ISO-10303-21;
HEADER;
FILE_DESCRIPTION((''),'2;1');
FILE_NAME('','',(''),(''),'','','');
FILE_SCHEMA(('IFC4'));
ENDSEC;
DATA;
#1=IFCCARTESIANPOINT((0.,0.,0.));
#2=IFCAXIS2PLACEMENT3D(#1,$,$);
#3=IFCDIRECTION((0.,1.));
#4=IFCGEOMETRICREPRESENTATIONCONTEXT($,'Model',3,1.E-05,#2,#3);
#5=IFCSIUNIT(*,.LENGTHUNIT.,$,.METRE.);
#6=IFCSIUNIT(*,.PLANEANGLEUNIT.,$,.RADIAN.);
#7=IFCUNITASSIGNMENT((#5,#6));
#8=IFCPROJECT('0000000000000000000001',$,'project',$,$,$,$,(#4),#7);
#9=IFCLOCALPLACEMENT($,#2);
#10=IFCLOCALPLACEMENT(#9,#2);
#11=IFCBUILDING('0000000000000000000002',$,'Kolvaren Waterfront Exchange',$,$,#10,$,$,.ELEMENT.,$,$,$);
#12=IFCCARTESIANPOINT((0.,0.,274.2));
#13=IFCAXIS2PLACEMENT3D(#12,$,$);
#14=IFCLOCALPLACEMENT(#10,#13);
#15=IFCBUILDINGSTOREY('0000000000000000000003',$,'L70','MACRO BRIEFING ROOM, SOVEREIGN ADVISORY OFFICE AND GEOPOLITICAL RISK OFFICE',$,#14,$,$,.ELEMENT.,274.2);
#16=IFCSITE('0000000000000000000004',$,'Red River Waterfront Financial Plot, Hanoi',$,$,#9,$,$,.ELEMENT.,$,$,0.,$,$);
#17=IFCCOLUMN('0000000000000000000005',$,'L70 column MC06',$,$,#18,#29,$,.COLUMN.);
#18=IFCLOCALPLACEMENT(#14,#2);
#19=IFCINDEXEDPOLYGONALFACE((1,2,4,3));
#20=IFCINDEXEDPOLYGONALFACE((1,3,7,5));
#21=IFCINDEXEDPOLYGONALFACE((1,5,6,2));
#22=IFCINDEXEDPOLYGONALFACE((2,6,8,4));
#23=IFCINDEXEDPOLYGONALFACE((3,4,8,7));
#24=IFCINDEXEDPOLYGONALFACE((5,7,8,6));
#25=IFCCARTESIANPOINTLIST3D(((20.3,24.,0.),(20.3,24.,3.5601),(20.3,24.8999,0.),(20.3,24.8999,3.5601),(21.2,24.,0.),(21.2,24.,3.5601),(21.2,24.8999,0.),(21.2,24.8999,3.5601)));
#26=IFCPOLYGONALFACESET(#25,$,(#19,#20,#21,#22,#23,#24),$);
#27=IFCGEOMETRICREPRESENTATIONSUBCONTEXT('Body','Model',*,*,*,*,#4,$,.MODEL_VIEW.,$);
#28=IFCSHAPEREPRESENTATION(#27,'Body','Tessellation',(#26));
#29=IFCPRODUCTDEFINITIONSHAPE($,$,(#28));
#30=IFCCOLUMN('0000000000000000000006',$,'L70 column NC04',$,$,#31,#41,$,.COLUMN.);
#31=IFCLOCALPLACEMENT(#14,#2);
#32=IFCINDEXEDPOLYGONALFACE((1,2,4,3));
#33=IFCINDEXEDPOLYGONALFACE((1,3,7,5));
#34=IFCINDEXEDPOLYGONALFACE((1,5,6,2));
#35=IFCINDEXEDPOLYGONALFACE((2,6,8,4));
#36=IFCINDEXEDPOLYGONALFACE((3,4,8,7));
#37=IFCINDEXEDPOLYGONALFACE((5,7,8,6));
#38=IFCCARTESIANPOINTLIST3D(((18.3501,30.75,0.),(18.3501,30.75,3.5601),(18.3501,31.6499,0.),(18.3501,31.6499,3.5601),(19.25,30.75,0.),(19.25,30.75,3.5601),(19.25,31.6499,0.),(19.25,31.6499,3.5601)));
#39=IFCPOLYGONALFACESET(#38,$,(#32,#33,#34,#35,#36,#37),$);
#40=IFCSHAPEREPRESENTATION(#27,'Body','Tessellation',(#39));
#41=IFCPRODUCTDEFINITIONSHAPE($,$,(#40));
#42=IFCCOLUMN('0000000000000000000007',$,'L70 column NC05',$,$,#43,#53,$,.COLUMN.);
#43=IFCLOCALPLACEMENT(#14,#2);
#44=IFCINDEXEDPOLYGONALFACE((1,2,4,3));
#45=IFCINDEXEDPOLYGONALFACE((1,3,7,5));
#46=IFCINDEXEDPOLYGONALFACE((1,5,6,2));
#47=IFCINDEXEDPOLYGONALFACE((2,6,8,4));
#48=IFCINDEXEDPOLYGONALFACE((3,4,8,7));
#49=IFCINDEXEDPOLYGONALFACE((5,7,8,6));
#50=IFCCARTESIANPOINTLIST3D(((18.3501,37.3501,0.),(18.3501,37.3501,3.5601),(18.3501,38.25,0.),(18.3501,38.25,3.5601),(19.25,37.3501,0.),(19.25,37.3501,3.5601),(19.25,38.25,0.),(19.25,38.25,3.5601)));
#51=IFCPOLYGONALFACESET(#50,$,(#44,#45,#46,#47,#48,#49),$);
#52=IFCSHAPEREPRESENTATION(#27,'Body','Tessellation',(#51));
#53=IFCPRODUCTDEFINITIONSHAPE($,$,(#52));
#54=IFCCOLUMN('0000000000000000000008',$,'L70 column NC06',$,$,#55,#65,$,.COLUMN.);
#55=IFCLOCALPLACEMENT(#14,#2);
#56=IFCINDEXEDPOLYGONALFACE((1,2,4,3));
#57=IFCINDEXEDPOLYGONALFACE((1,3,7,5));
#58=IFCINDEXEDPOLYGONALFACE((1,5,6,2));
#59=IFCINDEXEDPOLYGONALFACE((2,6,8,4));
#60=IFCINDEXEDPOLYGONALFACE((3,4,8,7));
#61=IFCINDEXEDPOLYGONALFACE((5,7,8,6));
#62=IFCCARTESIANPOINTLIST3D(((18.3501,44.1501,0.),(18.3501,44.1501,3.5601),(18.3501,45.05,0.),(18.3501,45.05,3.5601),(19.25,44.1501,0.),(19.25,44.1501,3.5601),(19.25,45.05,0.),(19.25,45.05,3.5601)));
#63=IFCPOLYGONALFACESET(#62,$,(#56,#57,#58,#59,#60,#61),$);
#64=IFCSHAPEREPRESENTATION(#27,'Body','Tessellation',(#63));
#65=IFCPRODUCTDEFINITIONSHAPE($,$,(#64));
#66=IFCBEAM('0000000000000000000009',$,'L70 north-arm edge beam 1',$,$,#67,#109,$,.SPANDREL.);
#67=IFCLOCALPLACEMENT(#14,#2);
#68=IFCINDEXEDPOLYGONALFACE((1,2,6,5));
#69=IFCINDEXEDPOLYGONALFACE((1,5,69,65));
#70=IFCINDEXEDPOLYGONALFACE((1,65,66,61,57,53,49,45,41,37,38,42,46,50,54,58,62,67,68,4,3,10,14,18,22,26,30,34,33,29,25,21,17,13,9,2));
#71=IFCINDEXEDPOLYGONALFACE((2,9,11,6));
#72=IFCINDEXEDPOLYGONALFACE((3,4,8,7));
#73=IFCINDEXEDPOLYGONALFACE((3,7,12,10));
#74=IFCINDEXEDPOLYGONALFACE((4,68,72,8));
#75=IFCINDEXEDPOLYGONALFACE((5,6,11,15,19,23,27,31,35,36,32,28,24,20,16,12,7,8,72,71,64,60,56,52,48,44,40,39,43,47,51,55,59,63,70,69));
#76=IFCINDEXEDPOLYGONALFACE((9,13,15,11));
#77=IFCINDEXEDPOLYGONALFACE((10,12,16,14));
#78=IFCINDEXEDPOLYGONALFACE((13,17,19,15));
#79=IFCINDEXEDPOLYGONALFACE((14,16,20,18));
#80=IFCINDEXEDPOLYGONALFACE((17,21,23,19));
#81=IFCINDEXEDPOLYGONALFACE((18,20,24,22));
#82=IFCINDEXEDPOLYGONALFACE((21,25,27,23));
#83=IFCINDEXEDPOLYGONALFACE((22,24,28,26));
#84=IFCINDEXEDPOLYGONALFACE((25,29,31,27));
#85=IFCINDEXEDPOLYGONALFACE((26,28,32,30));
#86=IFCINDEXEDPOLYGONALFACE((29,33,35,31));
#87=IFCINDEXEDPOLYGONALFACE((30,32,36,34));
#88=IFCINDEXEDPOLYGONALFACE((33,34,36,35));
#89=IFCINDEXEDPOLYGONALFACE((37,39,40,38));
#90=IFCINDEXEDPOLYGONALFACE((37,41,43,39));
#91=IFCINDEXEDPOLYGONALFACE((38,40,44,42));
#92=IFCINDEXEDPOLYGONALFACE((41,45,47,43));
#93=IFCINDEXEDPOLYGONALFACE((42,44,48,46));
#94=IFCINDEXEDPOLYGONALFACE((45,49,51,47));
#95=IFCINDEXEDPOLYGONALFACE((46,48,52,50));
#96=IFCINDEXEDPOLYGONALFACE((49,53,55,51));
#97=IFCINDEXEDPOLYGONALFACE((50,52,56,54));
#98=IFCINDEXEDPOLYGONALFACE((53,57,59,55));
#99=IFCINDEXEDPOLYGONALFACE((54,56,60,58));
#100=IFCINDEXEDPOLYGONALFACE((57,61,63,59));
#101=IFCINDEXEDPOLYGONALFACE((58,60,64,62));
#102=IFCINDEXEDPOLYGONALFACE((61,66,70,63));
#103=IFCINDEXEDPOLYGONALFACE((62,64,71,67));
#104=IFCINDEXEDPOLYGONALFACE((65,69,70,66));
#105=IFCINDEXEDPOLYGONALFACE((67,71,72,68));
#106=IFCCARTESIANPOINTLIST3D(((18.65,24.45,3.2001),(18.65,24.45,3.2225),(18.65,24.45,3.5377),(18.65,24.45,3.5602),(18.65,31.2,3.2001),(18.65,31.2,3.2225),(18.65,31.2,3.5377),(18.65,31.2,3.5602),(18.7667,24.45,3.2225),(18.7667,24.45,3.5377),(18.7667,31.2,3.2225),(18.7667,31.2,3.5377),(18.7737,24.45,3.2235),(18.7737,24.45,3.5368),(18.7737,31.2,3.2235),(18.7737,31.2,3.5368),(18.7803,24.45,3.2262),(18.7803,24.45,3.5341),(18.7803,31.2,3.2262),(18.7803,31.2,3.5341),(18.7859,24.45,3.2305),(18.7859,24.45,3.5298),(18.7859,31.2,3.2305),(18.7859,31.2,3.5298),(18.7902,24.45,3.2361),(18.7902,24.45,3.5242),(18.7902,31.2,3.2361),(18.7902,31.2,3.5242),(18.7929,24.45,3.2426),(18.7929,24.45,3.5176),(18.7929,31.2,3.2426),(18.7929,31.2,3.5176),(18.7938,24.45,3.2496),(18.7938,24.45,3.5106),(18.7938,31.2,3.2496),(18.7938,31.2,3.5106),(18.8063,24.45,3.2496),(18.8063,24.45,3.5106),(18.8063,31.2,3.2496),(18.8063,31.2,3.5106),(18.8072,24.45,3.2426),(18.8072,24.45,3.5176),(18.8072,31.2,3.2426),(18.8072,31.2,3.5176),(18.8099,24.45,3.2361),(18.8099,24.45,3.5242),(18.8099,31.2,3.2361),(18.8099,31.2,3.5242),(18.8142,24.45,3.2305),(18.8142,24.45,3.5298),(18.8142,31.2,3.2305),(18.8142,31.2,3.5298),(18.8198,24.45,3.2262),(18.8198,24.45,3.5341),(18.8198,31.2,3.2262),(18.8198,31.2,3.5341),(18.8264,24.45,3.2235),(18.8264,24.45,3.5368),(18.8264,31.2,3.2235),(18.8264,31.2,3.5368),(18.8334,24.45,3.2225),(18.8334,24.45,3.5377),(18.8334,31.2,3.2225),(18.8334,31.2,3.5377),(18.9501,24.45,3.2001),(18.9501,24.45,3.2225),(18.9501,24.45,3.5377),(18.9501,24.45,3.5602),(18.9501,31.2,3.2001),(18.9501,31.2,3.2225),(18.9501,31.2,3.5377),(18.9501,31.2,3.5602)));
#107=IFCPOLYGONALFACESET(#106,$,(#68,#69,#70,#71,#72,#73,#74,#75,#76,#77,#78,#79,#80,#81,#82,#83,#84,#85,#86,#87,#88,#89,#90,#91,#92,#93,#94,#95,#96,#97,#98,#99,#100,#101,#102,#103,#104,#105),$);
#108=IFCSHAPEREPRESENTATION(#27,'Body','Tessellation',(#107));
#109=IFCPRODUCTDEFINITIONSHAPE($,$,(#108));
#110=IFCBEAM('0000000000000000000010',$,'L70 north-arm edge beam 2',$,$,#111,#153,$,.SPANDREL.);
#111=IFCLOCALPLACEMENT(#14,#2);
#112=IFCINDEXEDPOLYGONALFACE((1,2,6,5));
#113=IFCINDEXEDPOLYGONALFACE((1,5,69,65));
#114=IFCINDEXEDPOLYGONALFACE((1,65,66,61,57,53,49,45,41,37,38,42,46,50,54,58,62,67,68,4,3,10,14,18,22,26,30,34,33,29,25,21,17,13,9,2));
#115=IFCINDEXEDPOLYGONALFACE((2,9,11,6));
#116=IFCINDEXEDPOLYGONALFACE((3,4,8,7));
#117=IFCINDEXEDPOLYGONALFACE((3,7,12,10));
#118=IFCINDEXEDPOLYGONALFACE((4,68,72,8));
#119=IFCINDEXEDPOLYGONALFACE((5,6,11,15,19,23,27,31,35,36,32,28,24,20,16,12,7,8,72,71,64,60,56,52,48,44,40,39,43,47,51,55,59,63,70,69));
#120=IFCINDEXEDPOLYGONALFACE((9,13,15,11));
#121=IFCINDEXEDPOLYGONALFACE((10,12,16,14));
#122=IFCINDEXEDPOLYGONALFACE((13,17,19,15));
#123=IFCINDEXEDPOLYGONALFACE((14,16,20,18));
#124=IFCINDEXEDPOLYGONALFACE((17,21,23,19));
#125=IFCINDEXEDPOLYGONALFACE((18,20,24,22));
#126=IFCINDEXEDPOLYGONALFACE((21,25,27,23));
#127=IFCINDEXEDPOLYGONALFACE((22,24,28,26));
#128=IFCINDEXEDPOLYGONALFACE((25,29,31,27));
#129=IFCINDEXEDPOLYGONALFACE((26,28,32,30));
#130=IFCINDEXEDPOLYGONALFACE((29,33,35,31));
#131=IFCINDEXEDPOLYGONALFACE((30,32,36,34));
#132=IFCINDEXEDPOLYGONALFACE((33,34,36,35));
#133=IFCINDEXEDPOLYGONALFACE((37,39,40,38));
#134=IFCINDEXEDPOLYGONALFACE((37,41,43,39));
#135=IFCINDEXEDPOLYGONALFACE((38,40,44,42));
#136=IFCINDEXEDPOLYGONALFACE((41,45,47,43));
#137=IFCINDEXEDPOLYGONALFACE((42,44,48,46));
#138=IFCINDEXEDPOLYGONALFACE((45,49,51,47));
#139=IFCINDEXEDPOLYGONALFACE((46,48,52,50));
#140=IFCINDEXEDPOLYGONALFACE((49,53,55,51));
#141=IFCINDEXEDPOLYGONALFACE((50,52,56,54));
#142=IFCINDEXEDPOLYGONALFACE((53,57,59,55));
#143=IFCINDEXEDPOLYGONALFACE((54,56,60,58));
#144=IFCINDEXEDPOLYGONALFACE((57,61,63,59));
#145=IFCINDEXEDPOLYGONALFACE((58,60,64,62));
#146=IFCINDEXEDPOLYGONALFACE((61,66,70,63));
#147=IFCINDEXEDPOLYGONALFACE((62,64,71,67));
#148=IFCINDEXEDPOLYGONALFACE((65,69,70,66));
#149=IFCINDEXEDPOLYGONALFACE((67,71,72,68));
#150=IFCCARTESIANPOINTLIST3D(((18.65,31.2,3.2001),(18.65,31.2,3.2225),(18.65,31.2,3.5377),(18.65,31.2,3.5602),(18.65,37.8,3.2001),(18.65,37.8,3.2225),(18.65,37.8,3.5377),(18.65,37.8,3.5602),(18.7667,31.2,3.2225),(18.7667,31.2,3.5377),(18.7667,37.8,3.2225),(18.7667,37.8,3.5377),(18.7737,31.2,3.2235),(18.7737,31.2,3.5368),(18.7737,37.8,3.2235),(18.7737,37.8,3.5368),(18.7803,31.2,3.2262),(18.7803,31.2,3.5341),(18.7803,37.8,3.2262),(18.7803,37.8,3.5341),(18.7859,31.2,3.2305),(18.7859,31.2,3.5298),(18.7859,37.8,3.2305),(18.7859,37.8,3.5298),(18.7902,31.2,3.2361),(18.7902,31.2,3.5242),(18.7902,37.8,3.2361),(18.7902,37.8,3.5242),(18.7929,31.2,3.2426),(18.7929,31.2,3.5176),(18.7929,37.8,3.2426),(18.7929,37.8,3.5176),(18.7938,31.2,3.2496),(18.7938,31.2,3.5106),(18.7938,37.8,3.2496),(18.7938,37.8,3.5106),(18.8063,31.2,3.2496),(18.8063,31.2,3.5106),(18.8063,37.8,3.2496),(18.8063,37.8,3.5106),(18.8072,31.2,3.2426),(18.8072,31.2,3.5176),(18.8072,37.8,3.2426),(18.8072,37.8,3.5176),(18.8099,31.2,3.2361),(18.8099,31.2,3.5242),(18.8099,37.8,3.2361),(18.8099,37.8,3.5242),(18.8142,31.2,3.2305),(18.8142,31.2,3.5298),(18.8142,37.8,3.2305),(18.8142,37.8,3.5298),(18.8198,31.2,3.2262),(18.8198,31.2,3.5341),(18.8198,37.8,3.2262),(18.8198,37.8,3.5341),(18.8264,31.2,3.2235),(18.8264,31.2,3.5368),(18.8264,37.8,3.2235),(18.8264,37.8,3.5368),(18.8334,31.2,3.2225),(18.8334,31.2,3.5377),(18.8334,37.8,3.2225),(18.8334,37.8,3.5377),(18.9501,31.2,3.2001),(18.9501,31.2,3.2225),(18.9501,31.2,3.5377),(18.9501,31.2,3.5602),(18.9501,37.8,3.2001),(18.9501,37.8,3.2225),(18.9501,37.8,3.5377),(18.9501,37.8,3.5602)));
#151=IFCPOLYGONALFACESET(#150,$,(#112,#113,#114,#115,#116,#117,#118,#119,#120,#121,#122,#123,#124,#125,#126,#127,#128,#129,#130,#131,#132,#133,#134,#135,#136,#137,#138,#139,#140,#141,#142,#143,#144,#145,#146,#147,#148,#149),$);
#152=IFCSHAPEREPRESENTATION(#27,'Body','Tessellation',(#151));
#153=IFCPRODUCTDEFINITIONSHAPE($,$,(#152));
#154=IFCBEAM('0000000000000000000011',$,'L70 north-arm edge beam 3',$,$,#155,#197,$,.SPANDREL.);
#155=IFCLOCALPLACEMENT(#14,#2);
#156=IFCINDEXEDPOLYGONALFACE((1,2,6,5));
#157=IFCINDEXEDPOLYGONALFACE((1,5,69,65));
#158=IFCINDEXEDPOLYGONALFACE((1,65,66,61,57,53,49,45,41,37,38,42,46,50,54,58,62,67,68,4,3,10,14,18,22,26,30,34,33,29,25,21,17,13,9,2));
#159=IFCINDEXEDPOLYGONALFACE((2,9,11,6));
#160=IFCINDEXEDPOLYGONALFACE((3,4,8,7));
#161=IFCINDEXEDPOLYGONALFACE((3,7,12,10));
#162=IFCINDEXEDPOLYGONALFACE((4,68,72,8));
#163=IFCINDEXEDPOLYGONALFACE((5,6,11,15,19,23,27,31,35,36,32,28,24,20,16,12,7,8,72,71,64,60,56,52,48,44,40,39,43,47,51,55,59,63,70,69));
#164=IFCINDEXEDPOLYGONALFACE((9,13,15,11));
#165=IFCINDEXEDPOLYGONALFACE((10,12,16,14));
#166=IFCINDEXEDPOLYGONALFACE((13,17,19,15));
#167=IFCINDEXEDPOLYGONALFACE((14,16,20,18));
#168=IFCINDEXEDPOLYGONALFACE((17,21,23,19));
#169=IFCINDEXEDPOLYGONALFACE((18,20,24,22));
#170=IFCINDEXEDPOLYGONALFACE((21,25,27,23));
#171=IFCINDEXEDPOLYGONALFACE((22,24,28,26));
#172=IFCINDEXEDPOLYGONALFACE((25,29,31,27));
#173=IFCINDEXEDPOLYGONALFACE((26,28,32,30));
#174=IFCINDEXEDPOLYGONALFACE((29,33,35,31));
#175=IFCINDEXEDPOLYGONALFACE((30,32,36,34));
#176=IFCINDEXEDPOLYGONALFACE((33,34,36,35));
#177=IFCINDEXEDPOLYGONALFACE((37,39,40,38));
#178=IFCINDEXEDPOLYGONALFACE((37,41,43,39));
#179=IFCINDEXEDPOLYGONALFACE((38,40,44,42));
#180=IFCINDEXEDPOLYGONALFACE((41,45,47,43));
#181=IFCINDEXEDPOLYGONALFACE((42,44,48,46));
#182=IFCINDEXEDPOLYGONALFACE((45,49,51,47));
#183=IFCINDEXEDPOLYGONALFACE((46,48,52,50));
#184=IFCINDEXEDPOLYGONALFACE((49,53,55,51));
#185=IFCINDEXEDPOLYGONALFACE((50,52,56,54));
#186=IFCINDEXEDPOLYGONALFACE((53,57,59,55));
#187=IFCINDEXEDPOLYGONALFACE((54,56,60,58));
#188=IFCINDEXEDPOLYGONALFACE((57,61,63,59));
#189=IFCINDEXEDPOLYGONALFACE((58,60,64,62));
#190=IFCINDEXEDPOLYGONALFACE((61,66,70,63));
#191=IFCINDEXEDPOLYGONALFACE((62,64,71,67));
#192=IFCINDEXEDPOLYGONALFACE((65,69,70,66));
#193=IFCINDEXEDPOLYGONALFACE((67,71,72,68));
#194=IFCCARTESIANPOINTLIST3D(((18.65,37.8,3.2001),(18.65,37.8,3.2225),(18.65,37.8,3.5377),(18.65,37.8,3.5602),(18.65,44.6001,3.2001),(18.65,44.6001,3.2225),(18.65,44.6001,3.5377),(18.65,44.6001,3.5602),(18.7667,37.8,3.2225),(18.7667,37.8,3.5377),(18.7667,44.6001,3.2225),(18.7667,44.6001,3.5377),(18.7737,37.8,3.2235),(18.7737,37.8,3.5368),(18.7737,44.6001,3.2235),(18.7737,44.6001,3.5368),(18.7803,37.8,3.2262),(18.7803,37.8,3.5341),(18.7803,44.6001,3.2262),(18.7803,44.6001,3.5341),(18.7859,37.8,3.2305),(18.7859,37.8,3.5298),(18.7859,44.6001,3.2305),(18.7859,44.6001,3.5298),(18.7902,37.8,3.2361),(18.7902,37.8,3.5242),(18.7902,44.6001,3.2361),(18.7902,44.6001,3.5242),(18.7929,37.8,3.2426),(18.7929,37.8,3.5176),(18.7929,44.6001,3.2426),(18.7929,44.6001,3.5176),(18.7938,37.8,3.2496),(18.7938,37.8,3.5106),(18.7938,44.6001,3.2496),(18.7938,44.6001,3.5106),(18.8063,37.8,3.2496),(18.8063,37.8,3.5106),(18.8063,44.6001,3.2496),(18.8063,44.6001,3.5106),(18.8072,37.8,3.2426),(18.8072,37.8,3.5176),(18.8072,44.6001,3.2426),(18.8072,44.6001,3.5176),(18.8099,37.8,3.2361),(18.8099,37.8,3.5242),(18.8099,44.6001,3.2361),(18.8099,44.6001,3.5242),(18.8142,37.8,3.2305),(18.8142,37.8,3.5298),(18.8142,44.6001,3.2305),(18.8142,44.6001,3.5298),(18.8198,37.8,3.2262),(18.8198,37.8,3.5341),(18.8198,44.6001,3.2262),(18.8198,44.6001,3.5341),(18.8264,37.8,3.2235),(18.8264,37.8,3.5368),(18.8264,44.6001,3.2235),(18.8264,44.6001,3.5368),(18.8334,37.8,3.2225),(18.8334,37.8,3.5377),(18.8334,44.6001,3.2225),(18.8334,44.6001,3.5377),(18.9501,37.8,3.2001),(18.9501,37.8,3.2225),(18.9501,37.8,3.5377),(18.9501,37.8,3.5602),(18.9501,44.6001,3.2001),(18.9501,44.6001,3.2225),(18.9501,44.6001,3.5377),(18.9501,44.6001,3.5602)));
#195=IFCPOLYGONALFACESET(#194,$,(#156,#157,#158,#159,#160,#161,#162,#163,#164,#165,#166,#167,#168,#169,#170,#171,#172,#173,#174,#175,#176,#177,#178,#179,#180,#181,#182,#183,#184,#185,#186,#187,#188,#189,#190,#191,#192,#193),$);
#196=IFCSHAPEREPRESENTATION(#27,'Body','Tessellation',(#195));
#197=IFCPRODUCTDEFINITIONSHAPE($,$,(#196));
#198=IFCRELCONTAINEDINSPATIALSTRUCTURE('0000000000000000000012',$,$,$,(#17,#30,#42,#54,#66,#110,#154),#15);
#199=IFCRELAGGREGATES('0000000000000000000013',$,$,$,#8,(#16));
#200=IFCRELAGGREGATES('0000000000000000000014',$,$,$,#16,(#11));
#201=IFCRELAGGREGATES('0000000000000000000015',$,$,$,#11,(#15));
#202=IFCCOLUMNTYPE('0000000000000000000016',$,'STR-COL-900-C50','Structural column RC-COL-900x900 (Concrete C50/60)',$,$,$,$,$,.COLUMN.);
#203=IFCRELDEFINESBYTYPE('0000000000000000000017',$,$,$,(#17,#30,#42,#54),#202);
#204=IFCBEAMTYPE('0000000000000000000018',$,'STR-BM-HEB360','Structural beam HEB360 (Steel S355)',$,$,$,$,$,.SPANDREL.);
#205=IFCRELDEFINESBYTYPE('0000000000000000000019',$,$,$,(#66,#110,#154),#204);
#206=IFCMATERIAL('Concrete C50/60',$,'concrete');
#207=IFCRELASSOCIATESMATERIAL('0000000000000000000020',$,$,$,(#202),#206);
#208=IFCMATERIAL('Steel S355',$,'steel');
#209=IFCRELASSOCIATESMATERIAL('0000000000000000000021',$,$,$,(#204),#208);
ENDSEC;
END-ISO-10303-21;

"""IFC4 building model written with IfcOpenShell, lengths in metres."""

from ifc_helpers import new_model, si_unit, direction, frame, origin, origin_2d, place, context, subcontext, project, spatial, rectangle, i_section, extrude, material, material_profile, profile_set, type_object, element, save


model = new_model("IFC4")

# Units and contexts
model_context = context("Model", 3, precision=1e-05, world=origin(), true_north=direction((0.0, 1.0)))
body_context = subcontext(model_context, "Body", "Model", "MODEL_VIEW")
ifc_project = project(units=[si_unit("LENGTHUNIT", "METRE"), si_unit("PLANEANGLEUNIT", "RADIAN")], contexts=[model_context])

# Site, building, storey
site_placement = place(None, origin())
site = spatial("IfcSite", under=ifc_project, at=site_placement, Name="Red River Waterfront Financial Plot, Hanoi", CompositionType="ELEMENT", RefElevation=0.0)
building_placement = place(site_placement, origin())
building = spatial("IfcBuilding", under=site, at=building_placement, Name="Kolvaren Waterfront Exchange", CompositionType="ELEMENT")
storey_placement = place(building_placement, frame((0.0, 0.0, 274.2)))
storey = spatial("IfcBuildingStorey", under=building, at=storey_placement, Name="L70", Description="MACRO BRIEFING ROOM, SOVEREIGN ADVISORY OFFICE AND GEOPOLITICAL RISK OFFICE", CompositionType="ELEMENT", Elevation=274.2)

# Columns
ifc_material_1 = material(Name="Concrete C50/60", Category="concrete")
ifc_material_profile_1 = material_profile(ifc_material_1, rectangle(XDim=0.8999, YDim=0.8999, at=origin_2d()), Name="RC-COL-900x900")
ifc_profile_set_1 = profile_set([ifc_material_profile_1], Name="Concrete C50/60")
column_type = type_object("IfcColumnType", Name="STR-COL-900-C50", Description="Structural column RC-COL-900x900 (Concrete C50/60)", PredefinedType="COLUMN", material=ifc_profile_set_1)
for number, where, z_axis, x_axis, name in (
    (1, (20.75, 24.45, 0.0), (0.0, 0.0, 1.0), (1.0, 0.0, 0.0), "L70 column MC06"),
    (2, (18.8, 31.2, 0.0), (0.0, 0.0, 1.0), (1.0, 0.0, 0.0), "L70 column NC04"),
    (3, (18.8, 37.8, 0.0), (0.0, 0.0, 1.0), (1.0, 0.0, 0.0), "L70 column NC05"),
    (4, (18.8, 44.6001, 0.0), (0.0, 0.0, 1.0), (1.0, 0.0, 0.0), "L70 column NC06"),
):
    element("IfcColumn", number, at=place(storey_placement, frame(where, z_axis=z_axis, x_axis=x_axis)), inside=storey, type_object=column_type, Name=name, PredefinedType="COLUMN", context=body_context, shape_type="SweptSolid", body=[
        extrude(rectangle(XDim=0.8999, YDim=0.8999, at=origin_2d()), origin(), (0.0, 0.0, 1.0), 3.5601),
    ])

# Beams
ifc_material_2 = material(Name="Steel S355", Category="steel")
ifc_material_profile_2 = material_profile(ifc_material_2, i_section(OverallWidth=0.3, OverallDepth=0.3601, WebThickness=0.0125, FlangeThickness=0.0225, FilletRadius=0.0271, at=origin_2d()), Name="HEB360")
ifc_profile_set_2 = profile_set([ifc_material_profile_2], Name="Steel S355")
beam_type = type_object("IfcBeamType", Name="STR-BM-HEB360", Description="Structural beam HEB360 (Steel S355)", PredefinedType="SPANDREL", material=ifc_profile_set_2)
beam_1_placement = place(storey_placement, frame((18.8, 24.45, 3.3801), z_axis=(0.0, 1.0, 0.0), x_axis=(-1.0, 0.0, 0.0)))
element("IfcBeam", 5, at=beam_1_placement, inside=storey, type_object=beam_type, Name="L70 north-arm edge beam 1", PredefinedType="SPANDREL", context=body_context, shape_type="SweptSolid", body=[
    extrude(i_section(OverallWidth=0.3, OverallDepth=0.3601, WebThickness=0.0125, FlangeThickness=0.0225, FilletRadius=0.0271, at=origin_2d()), origin(), (0.0, 0.0, 1.0), 6.75),
])
beam_2_placement = place(storey_placement, frame((18.8, 31.2, 3.3801), z_axis=(0.0, 1.0, 0.0), x_axis=(-1.0, 0.0, 0.0)))
element("IfcBeam", 6, at=beam_2_placement, inside=storey, type_object=beam_type, Name="L70 north-arm edge beam 2", PredefinedType="SPANDREL", context=body_context, shape_type="SweptSolid", body=[
    extrude(i_section(OverallWidth=0.3, OverallDepth=0.3601, WebThickness=0.0125, FlangeThickness=0.0225, FilletRadius=0.0271, at=origin_2d()), origin(), (0.0, 0.0, 1.0), 6.6001),
])
beam_3_placement = place(storey_placement, frame((18.8, 37.8, 3.3801), z_axis=(0.0, 1.0, 0.0), x_axis=(-1.0, 0.0, 0.0)))
element("IfcBeam", 7, at=beam_3_placement, inside=storey, type_object=beam_type, Name="L70 north-arm edge beam 3", PredefinedType="SPANDREL", context=body_context, shape_type="SweptSolid", body=[
    extrude(i_section(OverallWidth=0.3, OverallDepth=0.3601, WebThickness=0.0125, FlangeThickness=0.0225, FilletRadius=0.0271, at=origin_2d()), origin(), (0.0, 0.0, 1.0), 6.8),
])

save(model, "model.ifc")
